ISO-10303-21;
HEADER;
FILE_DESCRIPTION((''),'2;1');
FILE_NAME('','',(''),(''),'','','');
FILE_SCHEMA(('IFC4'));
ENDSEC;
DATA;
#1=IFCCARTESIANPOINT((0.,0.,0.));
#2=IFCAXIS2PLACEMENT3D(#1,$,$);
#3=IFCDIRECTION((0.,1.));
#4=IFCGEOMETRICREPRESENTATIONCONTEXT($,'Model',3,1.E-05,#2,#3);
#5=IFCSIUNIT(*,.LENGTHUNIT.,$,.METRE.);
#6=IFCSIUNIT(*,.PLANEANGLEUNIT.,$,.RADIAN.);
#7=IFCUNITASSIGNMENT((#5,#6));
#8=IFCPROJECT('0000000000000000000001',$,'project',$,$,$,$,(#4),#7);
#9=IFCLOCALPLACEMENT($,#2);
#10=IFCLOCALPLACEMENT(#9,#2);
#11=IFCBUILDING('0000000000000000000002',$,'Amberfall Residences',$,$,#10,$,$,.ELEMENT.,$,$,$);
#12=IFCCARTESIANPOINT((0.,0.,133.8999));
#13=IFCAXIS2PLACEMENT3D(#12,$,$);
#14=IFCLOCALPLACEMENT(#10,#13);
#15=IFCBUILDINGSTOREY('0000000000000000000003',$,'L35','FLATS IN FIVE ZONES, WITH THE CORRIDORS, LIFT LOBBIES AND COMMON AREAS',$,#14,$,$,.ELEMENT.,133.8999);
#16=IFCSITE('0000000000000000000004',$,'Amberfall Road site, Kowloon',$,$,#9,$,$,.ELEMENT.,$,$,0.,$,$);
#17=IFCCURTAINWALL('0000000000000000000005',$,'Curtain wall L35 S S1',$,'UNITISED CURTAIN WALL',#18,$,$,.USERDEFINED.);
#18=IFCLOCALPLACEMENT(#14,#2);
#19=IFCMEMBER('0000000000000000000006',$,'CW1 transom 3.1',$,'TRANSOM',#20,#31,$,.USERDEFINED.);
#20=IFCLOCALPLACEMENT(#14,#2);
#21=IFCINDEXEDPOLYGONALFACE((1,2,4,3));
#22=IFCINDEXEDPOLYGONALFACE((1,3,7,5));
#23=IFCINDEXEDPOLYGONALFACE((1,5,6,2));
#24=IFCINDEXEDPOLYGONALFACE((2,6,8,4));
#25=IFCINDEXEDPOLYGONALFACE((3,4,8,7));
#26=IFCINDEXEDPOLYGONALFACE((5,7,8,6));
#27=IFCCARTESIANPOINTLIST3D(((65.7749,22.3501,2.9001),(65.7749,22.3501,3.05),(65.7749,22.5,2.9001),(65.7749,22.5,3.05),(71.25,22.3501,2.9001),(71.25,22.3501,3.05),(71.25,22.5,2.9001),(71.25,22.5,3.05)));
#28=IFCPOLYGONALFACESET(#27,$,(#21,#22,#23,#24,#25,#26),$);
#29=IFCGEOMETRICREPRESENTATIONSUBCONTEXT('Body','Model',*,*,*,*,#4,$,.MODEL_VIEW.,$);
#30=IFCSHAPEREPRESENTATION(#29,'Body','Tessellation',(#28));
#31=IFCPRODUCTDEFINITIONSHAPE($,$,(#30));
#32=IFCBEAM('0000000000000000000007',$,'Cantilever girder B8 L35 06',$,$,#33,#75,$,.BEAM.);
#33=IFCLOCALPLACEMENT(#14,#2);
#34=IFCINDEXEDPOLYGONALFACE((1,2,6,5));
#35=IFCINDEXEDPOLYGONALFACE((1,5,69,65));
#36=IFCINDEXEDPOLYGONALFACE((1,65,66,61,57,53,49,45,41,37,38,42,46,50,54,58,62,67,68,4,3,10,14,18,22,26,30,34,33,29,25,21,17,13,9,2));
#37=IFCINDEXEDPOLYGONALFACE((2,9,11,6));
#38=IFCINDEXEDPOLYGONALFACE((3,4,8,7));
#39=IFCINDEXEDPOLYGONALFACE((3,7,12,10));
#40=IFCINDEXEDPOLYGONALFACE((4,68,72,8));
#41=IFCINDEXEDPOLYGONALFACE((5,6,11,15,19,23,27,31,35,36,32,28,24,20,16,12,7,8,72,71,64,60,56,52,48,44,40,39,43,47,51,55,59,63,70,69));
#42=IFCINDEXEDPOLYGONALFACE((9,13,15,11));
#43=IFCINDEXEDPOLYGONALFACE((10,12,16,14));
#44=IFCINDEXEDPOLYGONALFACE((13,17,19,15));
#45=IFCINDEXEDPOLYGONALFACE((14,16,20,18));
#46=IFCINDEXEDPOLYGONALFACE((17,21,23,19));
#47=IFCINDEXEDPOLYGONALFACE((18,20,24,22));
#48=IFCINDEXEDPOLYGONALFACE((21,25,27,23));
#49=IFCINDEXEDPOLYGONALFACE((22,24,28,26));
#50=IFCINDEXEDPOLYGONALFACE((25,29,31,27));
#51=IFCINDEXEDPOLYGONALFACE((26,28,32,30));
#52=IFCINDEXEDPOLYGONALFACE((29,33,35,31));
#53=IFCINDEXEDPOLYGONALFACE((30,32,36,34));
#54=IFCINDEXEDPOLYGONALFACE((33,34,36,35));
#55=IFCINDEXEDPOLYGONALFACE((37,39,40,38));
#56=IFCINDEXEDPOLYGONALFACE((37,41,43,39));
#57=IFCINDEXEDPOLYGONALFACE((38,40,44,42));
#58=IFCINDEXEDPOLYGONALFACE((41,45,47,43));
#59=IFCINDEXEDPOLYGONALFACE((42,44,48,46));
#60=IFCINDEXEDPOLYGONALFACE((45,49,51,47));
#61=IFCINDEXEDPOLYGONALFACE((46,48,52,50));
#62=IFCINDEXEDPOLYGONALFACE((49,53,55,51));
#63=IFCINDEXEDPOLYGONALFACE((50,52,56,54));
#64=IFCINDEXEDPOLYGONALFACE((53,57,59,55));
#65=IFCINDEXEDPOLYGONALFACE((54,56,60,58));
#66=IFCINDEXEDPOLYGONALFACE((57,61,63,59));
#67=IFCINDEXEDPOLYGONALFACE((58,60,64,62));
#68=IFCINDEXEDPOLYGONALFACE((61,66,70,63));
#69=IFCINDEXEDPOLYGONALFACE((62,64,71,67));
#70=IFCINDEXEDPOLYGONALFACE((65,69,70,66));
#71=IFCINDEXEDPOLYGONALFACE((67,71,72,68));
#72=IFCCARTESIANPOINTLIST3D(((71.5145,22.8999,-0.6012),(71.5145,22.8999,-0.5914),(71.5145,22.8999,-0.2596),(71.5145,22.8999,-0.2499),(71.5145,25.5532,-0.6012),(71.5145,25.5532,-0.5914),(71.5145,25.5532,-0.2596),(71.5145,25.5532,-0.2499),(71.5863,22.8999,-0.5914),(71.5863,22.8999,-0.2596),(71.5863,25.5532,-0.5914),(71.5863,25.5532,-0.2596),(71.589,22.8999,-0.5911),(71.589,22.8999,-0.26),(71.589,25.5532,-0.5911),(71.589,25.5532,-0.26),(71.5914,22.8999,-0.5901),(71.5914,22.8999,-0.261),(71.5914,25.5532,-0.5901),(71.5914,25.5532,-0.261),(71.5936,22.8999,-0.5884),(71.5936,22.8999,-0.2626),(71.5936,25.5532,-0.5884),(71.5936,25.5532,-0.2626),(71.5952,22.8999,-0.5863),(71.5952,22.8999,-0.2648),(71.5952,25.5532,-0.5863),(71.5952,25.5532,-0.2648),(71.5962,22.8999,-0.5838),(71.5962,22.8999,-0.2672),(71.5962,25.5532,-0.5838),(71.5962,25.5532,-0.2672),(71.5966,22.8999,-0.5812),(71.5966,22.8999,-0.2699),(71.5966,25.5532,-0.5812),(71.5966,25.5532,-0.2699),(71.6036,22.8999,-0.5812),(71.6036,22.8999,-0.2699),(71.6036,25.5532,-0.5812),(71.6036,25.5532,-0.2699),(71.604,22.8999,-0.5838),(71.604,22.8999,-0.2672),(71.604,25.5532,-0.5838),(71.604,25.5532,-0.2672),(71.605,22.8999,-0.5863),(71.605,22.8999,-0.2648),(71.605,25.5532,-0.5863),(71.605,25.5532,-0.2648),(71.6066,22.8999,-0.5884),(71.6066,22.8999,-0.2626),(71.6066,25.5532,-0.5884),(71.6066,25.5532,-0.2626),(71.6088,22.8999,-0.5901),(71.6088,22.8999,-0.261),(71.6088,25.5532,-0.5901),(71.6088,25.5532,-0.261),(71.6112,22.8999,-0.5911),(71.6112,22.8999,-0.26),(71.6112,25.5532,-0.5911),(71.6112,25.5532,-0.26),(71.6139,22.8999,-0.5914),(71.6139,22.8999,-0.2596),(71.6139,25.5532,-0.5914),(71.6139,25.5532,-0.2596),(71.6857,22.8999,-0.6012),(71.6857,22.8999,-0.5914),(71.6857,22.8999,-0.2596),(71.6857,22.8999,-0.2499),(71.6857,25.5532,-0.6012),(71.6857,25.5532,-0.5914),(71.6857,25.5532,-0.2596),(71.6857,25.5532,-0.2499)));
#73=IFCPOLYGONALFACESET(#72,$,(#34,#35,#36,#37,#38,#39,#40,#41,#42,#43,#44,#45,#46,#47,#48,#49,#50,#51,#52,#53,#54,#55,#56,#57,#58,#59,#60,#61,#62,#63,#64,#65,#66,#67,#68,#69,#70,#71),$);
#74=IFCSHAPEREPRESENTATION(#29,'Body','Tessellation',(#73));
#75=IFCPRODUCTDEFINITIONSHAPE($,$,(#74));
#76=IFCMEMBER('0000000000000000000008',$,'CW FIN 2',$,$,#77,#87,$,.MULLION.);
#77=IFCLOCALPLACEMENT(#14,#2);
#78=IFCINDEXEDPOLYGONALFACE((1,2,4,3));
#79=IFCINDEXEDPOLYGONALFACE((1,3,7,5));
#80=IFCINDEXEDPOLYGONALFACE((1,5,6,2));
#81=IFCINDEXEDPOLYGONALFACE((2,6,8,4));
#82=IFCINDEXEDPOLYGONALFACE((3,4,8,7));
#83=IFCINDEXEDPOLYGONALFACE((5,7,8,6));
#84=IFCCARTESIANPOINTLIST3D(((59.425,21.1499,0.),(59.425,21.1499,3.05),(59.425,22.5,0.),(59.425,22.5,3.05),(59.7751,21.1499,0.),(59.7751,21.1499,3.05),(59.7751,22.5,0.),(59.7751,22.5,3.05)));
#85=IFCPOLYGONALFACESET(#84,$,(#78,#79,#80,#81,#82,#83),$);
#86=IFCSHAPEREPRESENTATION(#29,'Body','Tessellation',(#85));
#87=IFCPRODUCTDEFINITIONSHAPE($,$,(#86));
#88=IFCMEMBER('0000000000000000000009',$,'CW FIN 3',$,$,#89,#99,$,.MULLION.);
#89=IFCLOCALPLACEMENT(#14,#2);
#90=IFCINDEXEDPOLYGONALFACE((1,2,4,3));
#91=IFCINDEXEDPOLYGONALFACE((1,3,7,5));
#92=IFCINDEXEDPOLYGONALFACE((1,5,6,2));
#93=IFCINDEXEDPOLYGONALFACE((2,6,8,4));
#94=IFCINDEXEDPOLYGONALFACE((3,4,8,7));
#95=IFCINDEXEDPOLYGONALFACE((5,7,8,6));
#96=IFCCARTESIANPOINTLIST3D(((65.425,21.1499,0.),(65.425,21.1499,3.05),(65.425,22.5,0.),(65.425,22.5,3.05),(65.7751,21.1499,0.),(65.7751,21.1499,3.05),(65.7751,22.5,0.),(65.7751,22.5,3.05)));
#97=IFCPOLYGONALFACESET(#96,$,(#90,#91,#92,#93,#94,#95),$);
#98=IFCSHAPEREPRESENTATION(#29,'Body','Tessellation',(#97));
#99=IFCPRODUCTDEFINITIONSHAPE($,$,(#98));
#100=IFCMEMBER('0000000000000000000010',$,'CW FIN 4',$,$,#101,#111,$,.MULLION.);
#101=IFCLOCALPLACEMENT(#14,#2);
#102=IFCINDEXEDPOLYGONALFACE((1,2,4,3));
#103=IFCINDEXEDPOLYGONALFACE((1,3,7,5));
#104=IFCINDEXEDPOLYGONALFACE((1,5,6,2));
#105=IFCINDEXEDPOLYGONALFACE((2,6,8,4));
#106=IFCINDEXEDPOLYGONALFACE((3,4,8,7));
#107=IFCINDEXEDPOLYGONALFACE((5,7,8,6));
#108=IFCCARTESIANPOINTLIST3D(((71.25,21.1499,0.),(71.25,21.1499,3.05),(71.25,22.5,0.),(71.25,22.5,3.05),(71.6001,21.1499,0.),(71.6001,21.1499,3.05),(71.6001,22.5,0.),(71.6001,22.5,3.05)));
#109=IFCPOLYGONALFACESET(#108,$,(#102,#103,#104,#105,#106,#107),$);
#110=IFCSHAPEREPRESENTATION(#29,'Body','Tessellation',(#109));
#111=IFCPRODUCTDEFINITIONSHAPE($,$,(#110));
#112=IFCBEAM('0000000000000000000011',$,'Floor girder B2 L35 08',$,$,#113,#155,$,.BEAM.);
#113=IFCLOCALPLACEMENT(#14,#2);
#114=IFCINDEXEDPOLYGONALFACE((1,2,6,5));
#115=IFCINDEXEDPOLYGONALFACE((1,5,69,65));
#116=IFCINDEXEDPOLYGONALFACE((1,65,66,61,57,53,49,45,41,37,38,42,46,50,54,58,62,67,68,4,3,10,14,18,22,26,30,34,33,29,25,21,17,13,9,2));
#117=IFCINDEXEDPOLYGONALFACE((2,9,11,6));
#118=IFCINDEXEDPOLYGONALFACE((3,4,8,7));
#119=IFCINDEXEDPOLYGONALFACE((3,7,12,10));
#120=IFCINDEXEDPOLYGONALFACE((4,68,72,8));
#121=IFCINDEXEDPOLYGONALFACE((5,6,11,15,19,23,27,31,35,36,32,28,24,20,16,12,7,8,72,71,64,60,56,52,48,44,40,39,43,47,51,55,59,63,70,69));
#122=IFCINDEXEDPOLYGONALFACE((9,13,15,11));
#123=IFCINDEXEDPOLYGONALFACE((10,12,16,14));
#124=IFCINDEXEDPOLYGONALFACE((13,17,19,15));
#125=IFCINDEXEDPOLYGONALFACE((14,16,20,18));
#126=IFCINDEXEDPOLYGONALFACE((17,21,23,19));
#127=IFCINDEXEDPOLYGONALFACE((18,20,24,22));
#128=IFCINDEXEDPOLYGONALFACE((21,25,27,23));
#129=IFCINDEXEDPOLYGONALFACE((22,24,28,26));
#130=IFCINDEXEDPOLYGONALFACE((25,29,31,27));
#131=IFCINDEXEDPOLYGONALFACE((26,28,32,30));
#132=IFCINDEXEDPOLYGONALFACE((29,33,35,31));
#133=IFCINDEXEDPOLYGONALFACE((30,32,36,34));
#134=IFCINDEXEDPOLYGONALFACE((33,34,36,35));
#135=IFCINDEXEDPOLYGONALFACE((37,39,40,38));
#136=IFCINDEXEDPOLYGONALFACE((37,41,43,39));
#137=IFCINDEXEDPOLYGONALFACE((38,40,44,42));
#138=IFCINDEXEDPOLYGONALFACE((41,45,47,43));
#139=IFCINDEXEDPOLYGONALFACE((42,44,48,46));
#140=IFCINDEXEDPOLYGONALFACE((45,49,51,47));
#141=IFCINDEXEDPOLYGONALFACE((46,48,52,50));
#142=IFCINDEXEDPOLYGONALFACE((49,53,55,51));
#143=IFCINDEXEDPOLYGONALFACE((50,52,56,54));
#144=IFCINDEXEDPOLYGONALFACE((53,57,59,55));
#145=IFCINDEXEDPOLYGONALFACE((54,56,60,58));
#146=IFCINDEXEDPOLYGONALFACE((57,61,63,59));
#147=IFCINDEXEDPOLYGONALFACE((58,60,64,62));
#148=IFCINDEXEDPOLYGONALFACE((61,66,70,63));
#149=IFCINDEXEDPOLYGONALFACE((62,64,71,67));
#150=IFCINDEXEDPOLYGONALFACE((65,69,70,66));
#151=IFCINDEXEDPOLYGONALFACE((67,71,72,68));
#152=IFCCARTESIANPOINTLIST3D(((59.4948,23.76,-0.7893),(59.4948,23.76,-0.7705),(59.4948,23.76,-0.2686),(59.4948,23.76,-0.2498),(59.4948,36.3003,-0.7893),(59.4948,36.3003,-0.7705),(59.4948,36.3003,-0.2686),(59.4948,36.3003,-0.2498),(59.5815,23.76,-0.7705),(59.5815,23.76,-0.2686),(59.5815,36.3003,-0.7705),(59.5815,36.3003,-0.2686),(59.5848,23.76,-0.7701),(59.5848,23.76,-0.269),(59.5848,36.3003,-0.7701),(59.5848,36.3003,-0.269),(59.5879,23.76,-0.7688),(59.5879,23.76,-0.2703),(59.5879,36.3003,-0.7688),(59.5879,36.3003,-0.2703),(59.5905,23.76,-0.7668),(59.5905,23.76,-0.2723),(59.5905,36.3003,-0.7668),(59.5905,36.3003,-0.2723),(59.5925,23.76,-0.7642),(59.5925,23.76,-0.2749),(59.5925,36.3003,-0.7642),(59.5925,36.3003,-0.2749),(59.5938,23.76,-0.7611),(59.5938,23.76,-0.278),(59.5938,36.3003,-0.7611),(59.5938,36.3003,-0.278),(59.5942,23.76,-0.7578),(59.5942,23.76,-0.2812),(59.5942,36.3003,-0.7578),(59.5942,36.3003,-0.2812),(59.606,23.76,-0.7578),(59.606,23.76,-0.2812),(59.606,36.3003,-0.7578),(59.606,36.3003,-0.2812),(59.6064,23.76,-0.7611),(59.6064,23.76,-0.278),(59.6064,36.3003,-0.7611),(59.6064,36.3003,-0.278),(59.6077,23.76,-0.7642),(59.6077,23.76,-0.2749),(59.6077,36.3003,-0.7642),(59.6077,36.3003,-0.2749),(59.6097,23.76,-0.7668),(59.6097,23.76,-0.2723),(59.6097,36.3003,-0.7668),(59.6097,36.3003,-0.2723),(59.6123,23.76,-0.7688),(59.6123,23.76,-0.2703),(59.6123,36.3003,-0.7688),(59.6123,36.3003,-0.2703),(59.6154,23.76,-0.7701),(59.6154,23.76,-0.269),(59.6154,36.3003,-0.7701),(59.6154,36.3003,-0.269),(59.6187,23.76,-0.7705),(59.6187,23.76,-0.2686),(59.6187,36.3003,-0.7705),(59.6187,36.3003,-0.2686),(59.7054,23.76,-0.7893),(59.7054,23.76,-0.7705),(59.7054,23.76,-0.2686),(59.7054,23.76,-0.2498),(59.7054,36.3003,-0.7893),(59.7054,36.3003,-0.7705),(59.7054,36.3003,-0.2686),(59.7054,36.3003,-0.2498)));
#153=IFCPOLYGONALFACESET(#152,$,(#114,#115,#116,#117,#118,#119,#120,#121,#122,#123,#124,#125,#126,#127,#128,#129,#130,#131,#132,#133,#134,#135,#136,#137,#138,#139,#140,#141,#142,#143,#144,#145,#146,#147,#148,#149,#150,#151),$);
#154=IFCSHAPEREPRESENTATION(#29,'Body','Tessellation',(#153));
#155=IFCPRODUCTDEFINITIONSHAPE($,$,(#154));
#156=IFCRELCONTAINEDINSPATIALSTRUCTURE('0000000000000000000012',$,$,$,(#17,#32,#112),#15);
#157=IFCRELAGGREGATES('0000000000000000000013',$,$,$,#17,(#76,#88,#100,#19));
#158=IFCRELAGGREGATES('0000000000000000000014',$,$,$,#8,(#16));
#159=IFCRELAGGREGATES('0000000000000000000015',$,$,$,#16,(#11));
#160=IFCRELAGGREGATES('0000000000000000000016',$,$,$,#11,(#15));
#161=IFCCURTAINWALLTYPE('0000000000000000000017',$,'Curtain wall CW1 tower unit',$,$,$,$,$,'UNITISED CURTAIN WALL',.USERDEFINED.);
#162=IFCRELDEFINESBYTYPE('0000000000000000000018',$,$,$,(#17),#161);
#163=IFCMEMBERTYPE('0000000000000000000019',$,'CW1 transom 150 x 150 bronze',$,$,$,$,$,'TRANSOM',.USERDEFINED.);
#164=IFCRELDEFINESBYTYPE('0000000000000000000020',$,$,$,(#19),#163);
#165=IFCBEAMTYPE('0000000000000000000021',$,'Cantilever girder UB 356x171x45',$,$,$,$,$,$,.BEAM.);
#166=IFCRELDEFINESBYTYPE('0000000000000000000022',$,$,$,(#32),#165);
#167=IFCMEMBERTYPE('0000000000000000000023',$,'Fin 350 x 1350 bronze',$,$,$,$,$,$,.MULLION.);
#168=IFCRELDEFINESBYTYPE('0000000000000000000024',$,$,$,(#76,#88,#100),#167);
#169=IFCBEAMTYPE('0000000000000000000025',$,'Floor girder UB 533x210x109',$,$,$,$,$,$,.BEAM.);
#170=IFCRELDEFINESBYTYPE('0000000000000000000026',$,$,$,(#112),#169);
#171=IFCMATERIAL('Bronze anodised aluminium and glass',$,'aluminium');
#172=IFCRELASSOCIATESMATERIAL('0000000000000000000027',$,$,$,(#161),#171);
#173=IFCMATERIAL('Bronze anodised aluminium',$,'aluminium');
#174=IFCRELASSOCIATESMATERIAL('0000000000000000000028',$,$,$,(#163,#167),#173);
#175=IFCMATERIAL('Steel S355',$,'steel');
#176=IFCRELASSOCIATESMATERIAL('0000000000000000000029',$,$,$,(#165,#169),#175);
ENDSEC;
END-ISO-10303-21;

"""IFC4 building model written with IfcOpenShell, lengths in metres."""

from ifc_helpers import new_model, si_unit, direction, frame, origin, origin_2d, place, context, subcontext, project, spatial, rectangle, i_section, extrude, material, material_profile, profile_set, type_object, element, aggregate, save


model = new_model("IFC4")

# Units and contexts
model_context = context("Model", 3, precision=1e-05, world=origin(), true_north=direction((0.0, 1.0)))
body_context = subcontext(model_context, "Body", "Model", "MODEL_VIEW")
ifc_project = project(units=[si_unit("LENGTHUNIT", "METRE"), si_unit("PLANEANGLEUNIT", "RADIAN")], contexts=[model_context])

# Site, building, storey
site_placement = place(None, origin())
site = spatial("IfcSite", under=ifc_project, at=site_placement, Name="Amberfall Road site, Kowloon", CompositionType="ELEMENT", RefElevation=0.0)
building_placement = place(site_placement, origin())
building = spatial("IfcBuilding", under=site, at=building_placement, Name="Amberfall Residences", CompositionType="ELEMENT")
storey_placement = place(building_placement, frame((0.0, 0.0, 133.8999)))
storey = spatial("IfcBuildingStorey", under=building, at=storey_placement, Name="L35", Description="FLATS IN FIVE ZONES, WITH THE CORRIDORS, LIFT LOBBIES AND COMMON AREAS", CompositionType="ELEMENT", Elevation=133.8999)

# Shared definitions
ifc_material_1 = material(Name="Steel S355", Category="steel")

# Curtain wall, member
ifc_material_2 = material(Name="Bronze anodised aluminium and glass", Category="aluminium")
curtain_wall_type = type_object("IfcCurtainWallType", Name="Curtain wall CW1 tower unit", ElementType="UNITISED CURTAIN WALL", PredefinedType="USERDEFINED", material=ifc_material_2)
curtain_wall_placement = place(storey_placement, origin())
curtain_wall = element("IfcCurtainWall", 1, at=curtain_wall_placement, inside=storey, type_object=curtain_wall_type, Name="Curtain wall L35 S S1", ObjectType="UNITISED CURTAIN WALL", PredefinedType="USERDEFINED")
ifc_material_3 = material(Name="Bronze anodised aluminium", Category="aluminium")
ifc_material_profile_1 = material_profile(ifc_material_3, rectangle(XDim=0.1499, YDim=0.1499, at=origin_2d()), Name="CW1 transom 150 x 150 bronze")
ifc_profile_set_1 = profile_set([ifc_material_profile_1], Name="Bronze anodised aluminium")
member_type_1 = type_object("IfcMemberType", Name="CW1 transom 150 x 150 bronze", ElementType="TRANSOM", PredefinedType="USERDEFINED", material=ifc_profile_set_1)
member_1_placement = place(storey_placement, frame((65.7749, 22.425, 2.9751), z_axis=(1.0, 0.0, 0.0), x_axis=(0.0, 1.0, 0.0)))
member_1 = element("IfcMember", 2, at=member_1_placement, type_object=member_type_1, Name="CW1 transom 3.1", ObjectType="TRANSOM", PredefinedType="USERDEFINED", context=body_context, shape_type="SweptSolid", body=[
    extrude(rectangle(XDim=0.1499, YDim=0.1499, at=origin_2d()), origin(), (0.0, 0.0, 1.0), 5.4751),
])

# Beam
ifc_material_profile_2 = material_profile(ifc_material_1, i_section(OverallWidth=0.1711, OverallDepth=0.3513, WebThickness=0.0071, FlangeThickness=0.0098, FilletRadius=0.0103, at=origin_2d()), Name="UB 356x171x45")
ifc_profile_set_2 = profile_set([ifc_material_profile_2], Name="Steel S355")
beam_type_1 = type_object("IfcBeamType", Name="Cantilever girder UB 356x171x45", PredefinedType="BEAM", material=ifc_profile_set_2)
beam_1_placement = place(storey_placement, frame((71.6001, 25.5532, -0.4255), z_axis=(0.0, -1.0, 0.0), x_axis=(1.0, 0.0, 0.0)))
element("IfcBeam", 3, at=beam_1_placement, inside=storey, type_object=beam_type_1, Name="Cantilever girder B8 L35 06", PredefinedType="BEAM", context=body_context, shape_type="SweptSolid", body=[
    extrude(i_section(OverallWidth=0.1711, OverallDepth=0.3513, WebThickness=0.0071, FlangeThickness=0.0098, FilletRadius=0.0103, at=origin_2d()), origin(), (0.0, 0.0, 1.0), 2.6533),
])

# Members
ifc_material_profile_3 = material_profile(ifc_material_3, rectangle(XDim=1.3501, YDim=0.3501, at=origin_2d()), Name="Fin 350 x 1350 bronze")
ifc_profile_set_3 = profile_set([ifc_material_profile_3], Name="Bronze anodised aluminium")
member_type_2 = type_object("IfcMemberType", Name="Fin 350 x 1350 bronze", PredefinedType="MULLION", material=ifc_profile_set_3)
member_2_placement = place(storey_placement, frame((59.6001, 21.825, 0.0), z_axis=(0.0, 0.0, 1.0), x_axis=(0.0, 1.0, 0.0)))
member_2 = element("IfcMember", 4, at=member_2_placement, type_object=member_type_2, Name="CW FIN 2", PredefinedType="MULLION", context=body_context, shape_type="SweptSolid", body=[
    extrude(rectangle(XDim=1.3501, YDim=0.3501, at=origin_2d()), origin(), (0.0, 0.0, 1.0), 3.05),
])
member_3_placement = place(storey_placement, frame((65.6001, 21.825, 0.0), z_axis=(0.0, 0.0, 1.0), x_axis=(0.0, 1.0, 0.0)))
member_3 = element("IfcMember", 5, at=member_3_placement, type_object=member_type_2, Name="CW FIN 3", PredefinedType="MULLION", context=body_context, shape_type="SweptSolid", body=[
    extrude(rectangle(XDim=1.3501, YDim=0.3501, at=origin_2d()), origin(), (0.0, 0.0, 1.0), 3.05),
])
member_4_placement = place(storey_placement, frame((71.425, 21.825, 0.0), z_axis=(0.0, 0.0, 1.0), x_axis=(0.0, 1.0, 0.0)))
member_4 = element("IfcMember", 6, at=member_4_placement, type_object=member_type_2, Name="CW FIN 4", PredefinedType="MULLION", context=body_context, shape_type="SweptSolid", body=[
    extrude(rectangle(XDim=1.3501, YDim=0.3501, at=origin_2d()), origin(), (0.0, 0.0, 1.0), 3.05),
])

# Beam
ifc_material_profile_4 = material_profile(ifc_material_1, i_section(OverallWidth=0.2107, OverallDepth=0.5396, WebThickness=0.0117, FlangeThickness=0.0188, FilletRadius=0.0127, at=origin_2d()), Name="UB 533x210x109")
ifc_profile_set_4 = profile_set([ifc_material_profile_4], Name="Steel S355")
beam_type_2 = type_object("IfcBeamType", Name="Floor girder UB 533x210x109", PredefinedType="BEAM", material=ifc_profile_set_4)
beam_2_placement = place(storey_placement, frame((59.6001, 23.76, -0.5195), z_axis=(0.0, 1.0, 0.0), x_axis=(-1.0, 0.0, 0.0)))
element("IfcBeam", 7, at=beam_2_placement, inside=storey, type_object=beam_type_2, Name="Floor girder B2 L35 08", PredefinedType="BEAM", context=body_context, shape_type="SweptSolid", body=[
    extrude(i_section(OverallWidth=0.2107, OverallDepth=0.5396, WebThickness=0.0117, FlangeThickness=0.0188, FilletRadius=0.0127, at=origin_2d()), origin(), (0.0, 0.0, 1.0), 12.5403),
])

aggregate(curtain_wall, [member_2, member_3, member_4, member_1])

save(model, "model.ifc")
